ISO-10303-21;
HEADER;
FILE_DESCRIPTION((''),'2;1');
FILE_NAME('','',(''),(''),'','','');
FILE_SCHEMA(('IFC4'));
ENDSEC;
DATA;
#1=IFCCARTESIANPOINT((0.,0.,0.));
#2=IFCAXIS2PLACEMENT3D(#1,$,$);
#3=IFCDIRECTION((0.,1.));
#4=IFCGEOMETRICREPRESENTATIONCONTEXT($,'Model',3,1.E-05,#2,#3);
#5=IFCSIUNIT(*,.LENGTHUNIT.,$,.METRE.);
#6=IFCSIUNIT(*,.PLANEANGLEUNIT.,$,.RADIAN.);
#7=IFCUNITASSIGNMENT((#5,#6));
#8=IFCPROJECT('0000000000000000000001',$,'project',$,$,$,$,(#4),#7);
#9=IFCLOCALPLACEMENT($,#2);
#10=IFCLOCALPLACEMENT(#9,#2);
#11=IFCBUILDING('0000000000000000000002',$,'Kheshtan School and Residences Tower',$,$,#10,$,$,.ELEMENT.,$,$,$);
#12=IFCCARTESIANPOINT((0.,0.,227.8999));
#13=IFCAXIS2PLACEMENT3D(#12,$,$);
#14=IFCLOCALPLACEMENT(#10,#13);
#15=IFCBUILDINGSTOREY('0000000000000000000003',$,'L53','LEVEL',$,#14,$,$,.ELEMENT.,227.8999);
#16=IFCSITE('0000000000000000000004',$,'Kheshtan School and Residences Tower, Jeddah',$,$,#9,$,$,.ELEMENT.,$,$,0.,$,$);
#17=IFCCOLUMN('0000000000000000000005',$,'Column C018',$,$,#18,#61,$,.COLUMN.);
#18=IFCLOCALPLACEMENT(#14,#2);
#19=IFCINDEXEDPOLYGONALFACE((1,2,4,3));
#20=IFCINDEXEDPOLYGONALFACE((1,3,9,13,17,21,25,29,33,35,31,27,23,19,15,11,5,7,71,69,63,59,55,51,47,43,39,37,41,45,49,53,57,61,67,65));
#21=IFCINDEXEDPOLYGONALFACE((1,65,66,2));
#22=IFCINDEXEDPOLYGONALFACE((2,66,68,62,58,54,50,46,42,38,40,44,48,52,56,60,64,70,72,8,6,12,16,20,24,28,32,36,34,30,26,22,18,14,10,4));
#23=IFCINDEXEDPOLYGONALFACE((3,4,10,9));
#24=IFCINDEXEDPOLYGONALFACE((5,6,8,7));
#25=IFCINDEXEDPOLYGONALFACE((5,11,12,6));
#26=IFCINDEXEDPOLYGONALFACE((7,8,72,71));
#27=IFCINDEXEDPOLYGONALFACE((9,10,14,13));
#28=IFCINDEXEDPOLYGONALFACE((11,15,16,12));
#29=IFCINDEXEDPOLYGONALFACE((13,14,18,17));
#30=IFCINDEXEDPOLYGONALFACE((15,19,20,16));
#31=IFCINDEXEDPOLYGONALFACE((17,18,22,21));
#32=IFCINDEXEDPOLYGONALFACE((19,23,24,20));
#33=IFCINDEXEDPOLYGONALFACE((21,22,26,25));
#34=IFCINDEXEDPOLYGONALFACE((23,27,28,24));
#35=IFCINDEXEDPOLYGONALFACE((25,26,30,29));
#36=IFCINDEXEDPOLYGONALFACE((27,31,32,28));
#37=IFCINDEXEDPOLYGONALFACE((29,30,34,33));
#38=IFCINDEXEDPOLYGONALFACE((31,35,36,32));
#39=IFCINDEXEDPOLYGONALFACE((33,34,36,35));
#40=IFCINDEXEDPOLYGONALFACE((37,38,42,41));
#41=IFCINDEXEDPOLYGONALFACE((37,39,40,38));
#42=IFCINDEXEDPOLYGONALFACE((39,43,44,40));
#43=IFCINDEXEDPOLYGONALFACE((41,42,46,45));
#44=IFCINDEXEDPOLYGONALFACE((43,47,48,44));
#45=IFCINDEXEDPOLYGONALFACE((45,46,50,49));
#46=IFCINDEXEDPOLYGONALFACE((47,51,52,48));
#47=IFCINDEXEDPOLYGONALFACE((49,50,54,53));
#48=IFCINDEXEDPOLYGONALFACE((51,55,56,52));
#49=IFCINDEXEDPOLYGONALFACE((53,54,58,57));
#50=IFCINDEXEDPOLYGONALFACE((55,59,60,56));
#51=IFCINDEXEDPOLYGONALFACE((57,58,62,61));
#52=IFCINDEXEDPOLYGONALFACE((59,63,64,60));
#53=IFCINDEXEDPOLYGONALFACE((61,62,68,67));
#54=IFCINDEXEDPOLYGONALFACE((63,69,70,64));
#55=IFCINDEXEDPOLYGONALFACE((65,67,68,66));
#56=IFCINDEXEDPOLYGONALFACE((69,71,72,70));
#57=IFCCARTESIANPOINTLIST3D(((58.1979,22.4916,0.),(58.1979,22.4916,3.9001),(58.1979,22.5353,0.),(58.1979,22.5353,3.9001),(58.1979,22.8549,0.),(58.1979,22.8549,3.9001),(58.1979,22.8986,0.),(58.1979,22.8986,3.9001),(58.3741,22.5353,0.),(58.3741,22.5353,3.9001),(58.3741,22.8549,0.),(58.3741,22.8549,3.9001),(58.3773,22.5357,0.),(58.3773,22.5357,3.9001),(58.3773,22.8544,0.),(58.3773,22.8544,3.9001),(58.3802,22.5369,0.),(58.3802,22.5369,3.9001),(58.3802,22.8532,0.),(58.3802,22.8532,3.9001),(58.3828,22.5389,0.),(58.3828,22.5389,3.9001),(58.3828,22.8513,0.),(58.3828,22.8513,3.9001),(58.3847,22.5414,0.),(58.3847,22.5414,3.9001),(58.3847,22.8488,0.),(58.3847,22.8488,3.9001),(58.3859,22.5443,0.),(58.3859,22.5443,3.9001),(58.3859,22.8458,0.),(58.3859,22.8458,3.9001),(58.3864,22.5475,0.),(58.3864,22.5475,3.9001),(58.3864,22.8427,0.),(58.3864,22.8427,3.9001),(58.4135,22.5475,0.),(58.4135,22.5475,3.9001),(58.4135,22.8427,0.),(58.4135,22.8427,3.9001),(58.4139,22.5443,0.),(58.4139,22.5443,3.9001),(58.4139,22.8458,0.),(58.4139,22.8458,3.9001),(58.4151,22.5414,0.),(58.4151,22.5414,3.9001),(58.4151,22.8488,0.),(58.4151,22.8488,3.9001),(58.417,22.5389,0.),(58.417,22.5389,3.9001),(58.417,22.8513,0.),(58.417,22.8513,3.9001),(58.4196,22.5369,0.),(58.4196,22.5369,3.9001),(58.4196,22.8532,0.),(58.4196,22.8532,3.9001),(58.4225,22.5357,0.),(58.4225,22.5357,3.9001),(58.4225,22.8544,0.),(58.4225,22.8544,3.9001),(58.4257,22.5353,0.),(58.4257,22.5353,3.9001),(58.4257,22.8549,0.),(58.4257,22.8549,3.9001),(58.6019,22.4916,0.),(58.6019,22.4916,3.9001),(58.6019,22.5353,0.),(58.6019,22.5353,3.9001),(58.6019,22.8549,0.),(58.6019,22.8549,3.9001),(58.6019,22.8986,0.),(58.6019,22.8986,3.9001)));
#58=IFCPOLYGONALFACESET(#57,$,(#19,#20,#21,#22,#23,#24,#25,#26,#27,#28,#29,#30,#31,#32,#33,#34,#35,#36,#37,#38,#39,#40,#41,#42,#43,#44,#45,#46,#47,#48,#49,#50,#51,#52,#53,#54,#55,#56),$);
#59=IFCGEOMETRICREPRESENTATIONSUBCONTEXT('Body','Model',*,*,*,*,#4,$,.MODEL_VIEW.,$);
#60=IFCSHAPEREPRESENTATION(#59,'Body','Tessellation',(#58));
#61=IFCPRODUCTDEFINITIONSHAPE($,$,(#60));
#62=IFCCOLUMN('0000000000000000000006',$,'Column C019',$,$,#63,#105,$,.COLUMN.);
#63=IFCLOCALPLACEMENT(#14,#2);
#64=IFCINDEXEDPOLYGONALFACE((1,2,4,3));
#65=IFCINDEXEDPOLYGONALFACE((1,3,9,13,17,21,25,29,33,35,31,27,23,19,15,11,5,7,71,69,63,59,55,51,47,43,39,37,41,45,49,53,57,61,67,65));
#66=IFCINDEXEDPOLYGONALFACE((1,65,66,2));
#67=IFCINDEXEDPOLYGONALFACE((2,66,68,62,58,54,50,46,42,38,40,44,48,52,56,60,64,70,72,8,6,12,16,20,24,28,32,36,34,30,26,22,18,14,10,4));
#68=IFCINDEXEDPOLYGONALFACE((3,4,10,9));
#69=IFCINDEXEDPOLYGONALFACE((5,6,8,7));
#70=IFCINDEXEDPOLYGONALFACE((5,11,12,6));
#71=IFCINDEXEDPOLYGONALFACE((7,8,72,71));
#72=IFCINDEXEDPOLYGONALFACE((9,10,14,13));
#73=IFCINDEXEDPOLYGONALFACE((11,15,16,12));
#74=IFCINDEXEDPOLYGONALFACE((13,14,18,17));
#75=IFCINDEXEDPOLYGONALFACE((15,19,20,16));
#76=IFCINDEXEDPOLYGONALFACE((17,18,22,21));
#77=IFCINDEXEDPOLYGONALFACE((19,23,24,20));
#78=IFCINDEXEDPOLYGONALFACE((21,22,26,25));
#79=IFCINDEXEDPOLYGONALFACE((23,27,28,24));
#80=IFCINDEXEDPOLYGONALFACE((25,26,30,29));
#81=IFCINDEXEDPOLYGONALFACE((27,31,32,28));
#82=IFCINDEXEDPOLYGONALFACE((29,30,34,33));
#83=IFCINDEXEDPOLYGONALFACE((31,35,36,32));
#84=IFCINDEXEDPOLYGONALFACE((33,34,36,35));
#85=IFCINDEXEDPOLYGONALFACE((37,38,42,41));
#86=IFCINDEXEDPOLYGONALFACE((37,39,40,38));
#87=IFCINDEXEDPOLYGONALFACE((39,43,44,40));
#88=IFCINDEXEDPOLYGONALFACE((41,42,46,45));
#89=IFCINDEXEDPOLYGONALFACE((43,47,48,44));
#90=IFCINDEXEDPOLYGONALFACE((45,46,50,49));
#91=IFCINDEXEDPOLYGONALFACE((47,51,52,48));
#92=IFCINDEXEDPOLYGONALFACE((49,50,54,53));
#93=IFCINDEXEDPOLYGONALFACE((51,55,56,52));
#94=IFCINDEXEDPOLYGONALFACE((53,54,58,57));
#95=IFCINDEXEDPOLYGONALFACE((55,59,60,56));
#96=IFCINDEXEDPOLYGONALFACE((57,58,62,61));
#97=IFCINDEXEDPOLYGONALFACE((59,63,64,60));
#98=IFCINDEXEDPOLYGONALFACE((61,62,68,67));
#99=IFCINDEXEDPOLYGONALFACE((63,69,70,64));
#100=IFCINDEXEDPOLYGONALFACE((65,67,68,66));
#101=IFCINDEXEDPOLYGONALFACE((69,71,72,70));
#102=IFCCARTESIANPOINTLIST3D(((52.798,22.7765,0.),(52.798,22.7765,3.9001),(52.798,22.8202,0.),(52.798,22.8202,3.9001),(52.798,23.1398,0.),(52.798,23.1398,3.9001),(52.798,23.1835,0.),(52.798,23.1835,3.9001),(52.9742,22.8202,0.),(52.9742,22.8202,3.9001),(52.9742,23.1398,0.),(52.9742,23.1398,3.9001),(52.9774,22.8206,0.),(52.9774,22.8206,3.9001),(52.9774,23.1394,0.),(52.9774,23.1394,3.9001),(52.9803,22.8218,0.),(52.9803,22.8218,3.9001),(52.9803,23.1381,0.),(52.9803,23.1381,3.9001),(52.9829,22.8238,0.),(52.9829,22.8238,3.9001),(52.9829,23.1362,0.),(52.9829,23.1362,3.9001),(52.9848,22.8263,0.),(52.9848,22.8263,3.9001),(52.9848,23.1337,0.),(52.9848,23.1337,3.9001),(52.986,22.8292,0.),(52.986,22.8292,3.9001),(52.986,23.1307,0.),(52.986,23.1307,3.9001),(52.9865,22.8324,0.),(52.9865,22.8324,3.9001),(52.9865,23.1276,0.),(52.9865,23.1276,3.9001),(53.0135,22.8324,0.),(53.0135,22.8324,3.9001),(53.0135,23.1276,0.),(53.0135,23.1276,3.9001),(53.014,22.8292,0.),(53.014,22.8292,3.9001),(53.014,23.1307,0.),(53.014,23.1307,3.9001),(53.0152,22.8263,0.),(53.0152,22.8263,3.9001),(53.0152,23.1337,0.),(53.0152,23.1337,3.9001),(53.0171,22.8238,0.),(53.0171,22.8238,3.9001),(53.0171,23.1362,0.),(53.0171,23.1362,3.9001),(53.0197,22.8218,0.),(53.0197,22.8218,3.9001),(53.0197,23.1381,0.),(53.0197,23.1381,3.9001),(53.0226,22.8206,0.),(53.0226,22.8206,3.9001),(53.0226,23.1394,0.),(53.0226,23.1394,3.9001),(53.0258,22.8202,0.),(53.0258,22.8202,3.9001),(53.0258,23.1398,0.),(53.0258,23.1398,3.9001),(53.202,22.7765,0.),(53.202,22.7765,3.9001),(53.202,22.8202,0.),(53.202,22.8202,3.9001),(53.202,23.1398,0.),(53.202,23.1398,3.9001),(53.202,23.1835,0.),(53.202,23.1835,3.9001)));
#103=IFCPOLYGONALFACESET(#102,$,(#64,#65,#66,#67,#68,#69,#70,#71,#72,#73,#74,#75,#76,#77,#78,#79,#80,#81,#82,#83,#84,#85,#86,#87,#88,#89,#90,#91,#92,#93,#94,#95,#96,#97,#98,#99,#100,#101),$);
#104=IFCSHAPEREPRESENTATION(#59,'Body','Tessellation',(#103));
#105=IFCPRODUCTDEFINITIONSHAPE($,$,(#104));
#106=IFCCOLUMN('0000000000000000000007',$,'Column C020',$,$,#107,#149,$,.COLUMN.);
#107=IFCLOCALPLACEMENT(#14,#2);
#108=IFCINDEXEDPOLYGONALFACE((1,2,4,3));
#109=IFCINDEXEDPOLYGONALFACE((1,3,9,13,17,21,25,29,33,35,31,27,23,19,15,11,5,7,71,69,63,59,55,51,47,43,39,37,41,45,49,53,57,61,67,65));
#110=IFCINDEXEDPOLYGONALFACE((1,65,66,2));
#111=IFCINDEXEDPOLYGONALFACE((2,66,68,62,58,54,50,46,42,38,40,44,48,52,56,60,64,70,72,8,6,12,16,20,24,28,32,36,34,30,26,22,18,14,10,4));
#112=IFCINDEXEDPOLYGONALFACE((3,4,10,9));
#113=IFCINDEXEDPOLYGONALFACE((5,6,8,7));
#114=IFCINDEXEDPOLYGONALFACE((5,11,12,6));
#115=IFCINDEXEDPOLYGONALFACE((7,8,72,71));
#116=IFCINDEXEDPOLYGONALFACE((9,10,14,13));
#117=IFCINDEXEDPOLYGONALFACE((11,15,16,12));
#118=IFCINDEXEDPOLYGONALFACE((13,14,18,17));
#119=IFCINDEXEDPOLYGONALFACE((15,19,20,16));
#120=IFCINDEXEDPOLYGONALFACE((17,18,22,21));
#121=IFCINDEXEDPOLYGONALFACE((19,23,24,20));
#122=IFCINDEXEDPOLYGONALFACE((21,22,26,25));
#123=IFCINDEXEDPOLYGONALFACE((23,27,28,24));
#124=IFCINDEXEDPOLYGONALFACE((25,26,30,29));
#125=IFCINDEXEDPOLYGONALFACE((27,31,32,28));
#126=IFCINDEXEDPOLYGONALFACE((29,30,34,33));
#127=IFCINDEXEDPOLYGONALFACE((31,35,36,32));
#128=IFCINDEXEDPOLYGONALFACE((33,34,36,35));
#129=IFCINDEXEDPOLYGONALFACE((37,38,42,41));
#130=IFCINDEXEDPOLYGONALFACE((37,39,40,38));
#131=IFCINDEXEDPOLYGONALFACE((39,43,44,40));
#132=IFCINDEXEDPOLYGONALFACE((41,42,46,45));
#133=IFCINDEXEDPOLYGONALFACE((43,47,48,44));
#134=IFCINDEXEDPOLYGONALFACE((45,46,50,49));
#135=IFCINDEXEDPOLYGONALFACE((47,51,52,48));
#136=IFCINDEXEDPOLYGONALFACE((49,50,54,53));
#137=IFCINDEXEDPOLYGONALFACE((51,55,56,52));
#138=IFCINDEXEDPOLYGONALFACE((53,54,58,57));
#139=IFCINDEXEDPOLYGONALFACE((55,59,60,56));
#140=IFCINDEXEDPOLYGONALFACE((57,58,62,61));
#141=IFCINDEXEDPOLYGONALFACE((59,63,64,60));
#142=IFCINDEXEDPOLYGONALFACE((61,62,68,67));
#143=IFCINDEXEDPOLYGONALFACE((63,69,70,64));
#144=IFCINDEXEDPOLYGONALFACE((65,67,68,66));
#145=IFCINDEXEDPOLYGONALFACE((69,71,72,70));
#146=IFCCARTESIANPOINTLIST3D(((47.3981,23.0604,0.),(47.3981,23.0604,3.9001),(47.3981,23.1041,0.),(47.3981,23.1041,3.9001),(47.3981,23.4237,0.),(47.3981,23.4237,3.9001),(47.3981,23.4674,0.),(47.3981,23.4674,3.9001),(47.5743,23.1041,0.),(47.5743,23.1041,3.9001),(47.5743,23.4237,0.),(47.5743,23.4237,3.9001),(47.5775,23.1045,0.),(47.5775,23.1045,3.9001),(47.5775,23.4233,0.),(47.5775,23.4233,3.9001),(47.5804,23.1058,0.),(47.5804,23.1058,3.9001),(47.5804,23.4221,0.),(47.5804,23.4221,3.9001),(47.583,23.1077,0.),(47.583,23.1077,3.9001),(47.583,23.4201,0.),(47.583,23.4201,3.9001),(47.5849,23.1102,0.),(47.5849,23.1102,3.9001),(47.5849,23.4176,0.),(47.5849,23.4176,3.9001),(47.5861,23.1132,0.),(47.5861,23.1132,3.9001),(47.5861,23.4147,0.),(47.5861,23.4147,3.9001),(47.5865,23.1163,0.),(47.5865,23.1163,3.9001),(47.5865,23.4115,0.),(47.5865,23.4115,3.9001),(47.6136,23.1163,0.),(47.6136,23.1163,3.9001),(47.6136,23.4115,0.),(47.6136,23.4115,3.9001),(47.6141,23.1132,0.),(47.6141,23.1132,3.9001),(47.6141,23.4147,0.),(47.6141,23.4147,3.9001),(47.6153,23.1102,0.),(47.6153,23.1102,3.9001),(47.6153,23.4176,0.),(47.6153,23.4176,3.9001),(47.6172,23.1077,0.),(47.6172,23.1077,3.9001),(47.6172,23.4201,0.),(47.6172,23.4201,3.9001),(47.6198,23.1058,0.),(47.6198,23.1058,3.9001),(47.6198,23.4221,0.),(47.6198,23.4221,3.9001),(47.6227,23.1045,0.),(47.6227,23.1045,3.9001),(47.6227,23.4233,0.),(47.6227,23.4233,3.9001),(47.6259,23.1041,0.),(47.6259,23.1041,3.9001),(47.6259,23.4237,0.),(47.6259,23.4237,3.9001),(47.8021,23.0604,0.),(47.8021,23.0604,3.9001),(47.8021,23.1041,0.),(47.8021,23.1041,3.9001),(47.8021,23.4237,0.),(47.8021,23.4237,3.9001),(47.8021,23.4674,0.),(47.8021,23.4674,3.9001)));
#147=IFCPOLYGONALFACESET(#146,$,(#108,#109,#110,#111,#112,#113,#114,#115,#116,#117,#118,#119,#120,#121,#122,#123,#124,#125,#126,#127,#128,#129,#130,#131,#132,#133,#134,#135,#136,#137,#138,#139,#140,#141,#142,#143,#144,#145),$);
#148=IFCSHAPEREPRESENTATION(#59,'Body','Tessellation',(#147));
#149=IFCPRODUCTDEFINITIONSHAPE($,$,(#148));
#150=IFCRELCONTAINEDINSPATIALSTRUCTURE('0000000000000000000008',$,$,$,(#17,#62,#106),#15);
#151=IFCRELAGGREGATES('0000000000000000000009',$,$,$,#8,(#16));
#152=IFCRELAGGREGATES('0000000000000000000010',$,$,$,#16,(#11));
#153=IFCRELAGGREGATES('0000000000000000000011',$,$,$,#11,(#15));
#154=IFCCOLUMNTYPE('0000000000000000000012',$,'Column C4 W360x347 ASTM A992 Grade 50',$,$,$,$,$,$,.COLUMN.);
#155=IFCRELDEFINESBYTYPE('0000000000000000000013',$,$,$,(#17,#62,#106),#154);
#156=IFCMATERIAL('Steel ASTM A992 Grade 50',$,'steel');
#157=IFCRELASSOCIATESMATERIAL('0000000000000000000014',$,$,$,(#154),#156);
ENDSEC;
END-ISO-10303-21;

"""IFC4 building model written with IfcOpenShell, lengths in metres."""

from ifc_helpers import new_model, si_unit, direction, frame, origin, origin_2d, place, context, subcontext, project, spatial, i_section, extrude, material, material_profile, profile_set, type_object, element, save


model = new_model("IFC4")

# Units and contexts
model_context = context("Model", 3, precision=1e-05, world=origin(), true_north=direction((0.0, 1.0)))
body_context = subcontext(model_context, "Body", "Model", "MODEL_VIEW")
ifc_project = project(units=[si_unit("LENGTHUNIT", "METRE"), si_unit("PLANEANGLEUNIT", "RADIAN")], contexts=[model_context])

# Site, building, storey
site_placement = place(None, origin())
site = spatial("IfcSite", under=ifc_project, at=site_placement, Name="Kheshtan School and Residences Tower, Jeddah", CompositionType="ELEMENT", RefElevation=0.0)
building_placement = place(site_placement, origin())
building = spatial("IfcBuilding", under=site, at=building_placement, Name="Kheshtan School and Residences Tower", CompositionType="ELEMENT")
storey_placement = place(building_placement, frame((0.0, 0.0, 227.8999)))
storey = spatial("IfcBuildingStorey", under=building, at=storey_placement, Name="L53", Description="LEVEL", CompositionType="ELEMENT", Elevation=227.8999)

# Columns
ifc_material_1 = material(Name="Steel ASTM A992 Grade 50", Category="steel")
ifc_material_profile_1 = material_profile(ifc_material_1, i_section(OverallWidth=0.4041, OverallDepth=0.407, WebThickness=0.0271, FlangeThickness=0.0437, FilletRadius=0.0122, at=origin_2d()), Name="W360x347")
ifc_profile_set_1 = profile_set([ifc_material_profile_1], Name="Steel ASTM A992 Grade 50")
column_type_1 = type_object("IfcColumnType", Name="Column C4 W360x347 ASTM A992 Grade 50", PredefinedType="COLUMN", material=ifc_profile_set_1)
for number, where, z_axis, x_axis, name in (
    (1, (58.3999, 22.6951, 0.0), (0.0, 0.0, 1.0), (1.0, 0.0, 0.0), "Column C018"),
    (2, (53.0, 22.98, 0.0), (0.0, 0.0, 1.0), (1.0, 0.0, 0.0), "Column C019"),
    (3, (47.6001, 23.2639, 0.0), (0.0, 0.0, 1.0), (1.0, 0.0, 0.0), "Column C020"),
):
    element("IfcColumn", number, at=place(storey_placement, frame(where, z_axis=z_axis, x_axis=x_axis)), inside=storey, type_object=column_type_1, Name=name, PredefinedType="COLUMN", context=body_context, shape_type="SweptSolid", body=[
        extrude(i_section(OverallWidth=0.4041, OverallDepth=0.407, WebThickness=0.0271, FlangeThickness=0.0437, FilletRadius=0.0122, at=origin_2d()), origin(), (0.0, 0.0, 1.0), 3.9001),
    ])

save(model, "model.ifc")
